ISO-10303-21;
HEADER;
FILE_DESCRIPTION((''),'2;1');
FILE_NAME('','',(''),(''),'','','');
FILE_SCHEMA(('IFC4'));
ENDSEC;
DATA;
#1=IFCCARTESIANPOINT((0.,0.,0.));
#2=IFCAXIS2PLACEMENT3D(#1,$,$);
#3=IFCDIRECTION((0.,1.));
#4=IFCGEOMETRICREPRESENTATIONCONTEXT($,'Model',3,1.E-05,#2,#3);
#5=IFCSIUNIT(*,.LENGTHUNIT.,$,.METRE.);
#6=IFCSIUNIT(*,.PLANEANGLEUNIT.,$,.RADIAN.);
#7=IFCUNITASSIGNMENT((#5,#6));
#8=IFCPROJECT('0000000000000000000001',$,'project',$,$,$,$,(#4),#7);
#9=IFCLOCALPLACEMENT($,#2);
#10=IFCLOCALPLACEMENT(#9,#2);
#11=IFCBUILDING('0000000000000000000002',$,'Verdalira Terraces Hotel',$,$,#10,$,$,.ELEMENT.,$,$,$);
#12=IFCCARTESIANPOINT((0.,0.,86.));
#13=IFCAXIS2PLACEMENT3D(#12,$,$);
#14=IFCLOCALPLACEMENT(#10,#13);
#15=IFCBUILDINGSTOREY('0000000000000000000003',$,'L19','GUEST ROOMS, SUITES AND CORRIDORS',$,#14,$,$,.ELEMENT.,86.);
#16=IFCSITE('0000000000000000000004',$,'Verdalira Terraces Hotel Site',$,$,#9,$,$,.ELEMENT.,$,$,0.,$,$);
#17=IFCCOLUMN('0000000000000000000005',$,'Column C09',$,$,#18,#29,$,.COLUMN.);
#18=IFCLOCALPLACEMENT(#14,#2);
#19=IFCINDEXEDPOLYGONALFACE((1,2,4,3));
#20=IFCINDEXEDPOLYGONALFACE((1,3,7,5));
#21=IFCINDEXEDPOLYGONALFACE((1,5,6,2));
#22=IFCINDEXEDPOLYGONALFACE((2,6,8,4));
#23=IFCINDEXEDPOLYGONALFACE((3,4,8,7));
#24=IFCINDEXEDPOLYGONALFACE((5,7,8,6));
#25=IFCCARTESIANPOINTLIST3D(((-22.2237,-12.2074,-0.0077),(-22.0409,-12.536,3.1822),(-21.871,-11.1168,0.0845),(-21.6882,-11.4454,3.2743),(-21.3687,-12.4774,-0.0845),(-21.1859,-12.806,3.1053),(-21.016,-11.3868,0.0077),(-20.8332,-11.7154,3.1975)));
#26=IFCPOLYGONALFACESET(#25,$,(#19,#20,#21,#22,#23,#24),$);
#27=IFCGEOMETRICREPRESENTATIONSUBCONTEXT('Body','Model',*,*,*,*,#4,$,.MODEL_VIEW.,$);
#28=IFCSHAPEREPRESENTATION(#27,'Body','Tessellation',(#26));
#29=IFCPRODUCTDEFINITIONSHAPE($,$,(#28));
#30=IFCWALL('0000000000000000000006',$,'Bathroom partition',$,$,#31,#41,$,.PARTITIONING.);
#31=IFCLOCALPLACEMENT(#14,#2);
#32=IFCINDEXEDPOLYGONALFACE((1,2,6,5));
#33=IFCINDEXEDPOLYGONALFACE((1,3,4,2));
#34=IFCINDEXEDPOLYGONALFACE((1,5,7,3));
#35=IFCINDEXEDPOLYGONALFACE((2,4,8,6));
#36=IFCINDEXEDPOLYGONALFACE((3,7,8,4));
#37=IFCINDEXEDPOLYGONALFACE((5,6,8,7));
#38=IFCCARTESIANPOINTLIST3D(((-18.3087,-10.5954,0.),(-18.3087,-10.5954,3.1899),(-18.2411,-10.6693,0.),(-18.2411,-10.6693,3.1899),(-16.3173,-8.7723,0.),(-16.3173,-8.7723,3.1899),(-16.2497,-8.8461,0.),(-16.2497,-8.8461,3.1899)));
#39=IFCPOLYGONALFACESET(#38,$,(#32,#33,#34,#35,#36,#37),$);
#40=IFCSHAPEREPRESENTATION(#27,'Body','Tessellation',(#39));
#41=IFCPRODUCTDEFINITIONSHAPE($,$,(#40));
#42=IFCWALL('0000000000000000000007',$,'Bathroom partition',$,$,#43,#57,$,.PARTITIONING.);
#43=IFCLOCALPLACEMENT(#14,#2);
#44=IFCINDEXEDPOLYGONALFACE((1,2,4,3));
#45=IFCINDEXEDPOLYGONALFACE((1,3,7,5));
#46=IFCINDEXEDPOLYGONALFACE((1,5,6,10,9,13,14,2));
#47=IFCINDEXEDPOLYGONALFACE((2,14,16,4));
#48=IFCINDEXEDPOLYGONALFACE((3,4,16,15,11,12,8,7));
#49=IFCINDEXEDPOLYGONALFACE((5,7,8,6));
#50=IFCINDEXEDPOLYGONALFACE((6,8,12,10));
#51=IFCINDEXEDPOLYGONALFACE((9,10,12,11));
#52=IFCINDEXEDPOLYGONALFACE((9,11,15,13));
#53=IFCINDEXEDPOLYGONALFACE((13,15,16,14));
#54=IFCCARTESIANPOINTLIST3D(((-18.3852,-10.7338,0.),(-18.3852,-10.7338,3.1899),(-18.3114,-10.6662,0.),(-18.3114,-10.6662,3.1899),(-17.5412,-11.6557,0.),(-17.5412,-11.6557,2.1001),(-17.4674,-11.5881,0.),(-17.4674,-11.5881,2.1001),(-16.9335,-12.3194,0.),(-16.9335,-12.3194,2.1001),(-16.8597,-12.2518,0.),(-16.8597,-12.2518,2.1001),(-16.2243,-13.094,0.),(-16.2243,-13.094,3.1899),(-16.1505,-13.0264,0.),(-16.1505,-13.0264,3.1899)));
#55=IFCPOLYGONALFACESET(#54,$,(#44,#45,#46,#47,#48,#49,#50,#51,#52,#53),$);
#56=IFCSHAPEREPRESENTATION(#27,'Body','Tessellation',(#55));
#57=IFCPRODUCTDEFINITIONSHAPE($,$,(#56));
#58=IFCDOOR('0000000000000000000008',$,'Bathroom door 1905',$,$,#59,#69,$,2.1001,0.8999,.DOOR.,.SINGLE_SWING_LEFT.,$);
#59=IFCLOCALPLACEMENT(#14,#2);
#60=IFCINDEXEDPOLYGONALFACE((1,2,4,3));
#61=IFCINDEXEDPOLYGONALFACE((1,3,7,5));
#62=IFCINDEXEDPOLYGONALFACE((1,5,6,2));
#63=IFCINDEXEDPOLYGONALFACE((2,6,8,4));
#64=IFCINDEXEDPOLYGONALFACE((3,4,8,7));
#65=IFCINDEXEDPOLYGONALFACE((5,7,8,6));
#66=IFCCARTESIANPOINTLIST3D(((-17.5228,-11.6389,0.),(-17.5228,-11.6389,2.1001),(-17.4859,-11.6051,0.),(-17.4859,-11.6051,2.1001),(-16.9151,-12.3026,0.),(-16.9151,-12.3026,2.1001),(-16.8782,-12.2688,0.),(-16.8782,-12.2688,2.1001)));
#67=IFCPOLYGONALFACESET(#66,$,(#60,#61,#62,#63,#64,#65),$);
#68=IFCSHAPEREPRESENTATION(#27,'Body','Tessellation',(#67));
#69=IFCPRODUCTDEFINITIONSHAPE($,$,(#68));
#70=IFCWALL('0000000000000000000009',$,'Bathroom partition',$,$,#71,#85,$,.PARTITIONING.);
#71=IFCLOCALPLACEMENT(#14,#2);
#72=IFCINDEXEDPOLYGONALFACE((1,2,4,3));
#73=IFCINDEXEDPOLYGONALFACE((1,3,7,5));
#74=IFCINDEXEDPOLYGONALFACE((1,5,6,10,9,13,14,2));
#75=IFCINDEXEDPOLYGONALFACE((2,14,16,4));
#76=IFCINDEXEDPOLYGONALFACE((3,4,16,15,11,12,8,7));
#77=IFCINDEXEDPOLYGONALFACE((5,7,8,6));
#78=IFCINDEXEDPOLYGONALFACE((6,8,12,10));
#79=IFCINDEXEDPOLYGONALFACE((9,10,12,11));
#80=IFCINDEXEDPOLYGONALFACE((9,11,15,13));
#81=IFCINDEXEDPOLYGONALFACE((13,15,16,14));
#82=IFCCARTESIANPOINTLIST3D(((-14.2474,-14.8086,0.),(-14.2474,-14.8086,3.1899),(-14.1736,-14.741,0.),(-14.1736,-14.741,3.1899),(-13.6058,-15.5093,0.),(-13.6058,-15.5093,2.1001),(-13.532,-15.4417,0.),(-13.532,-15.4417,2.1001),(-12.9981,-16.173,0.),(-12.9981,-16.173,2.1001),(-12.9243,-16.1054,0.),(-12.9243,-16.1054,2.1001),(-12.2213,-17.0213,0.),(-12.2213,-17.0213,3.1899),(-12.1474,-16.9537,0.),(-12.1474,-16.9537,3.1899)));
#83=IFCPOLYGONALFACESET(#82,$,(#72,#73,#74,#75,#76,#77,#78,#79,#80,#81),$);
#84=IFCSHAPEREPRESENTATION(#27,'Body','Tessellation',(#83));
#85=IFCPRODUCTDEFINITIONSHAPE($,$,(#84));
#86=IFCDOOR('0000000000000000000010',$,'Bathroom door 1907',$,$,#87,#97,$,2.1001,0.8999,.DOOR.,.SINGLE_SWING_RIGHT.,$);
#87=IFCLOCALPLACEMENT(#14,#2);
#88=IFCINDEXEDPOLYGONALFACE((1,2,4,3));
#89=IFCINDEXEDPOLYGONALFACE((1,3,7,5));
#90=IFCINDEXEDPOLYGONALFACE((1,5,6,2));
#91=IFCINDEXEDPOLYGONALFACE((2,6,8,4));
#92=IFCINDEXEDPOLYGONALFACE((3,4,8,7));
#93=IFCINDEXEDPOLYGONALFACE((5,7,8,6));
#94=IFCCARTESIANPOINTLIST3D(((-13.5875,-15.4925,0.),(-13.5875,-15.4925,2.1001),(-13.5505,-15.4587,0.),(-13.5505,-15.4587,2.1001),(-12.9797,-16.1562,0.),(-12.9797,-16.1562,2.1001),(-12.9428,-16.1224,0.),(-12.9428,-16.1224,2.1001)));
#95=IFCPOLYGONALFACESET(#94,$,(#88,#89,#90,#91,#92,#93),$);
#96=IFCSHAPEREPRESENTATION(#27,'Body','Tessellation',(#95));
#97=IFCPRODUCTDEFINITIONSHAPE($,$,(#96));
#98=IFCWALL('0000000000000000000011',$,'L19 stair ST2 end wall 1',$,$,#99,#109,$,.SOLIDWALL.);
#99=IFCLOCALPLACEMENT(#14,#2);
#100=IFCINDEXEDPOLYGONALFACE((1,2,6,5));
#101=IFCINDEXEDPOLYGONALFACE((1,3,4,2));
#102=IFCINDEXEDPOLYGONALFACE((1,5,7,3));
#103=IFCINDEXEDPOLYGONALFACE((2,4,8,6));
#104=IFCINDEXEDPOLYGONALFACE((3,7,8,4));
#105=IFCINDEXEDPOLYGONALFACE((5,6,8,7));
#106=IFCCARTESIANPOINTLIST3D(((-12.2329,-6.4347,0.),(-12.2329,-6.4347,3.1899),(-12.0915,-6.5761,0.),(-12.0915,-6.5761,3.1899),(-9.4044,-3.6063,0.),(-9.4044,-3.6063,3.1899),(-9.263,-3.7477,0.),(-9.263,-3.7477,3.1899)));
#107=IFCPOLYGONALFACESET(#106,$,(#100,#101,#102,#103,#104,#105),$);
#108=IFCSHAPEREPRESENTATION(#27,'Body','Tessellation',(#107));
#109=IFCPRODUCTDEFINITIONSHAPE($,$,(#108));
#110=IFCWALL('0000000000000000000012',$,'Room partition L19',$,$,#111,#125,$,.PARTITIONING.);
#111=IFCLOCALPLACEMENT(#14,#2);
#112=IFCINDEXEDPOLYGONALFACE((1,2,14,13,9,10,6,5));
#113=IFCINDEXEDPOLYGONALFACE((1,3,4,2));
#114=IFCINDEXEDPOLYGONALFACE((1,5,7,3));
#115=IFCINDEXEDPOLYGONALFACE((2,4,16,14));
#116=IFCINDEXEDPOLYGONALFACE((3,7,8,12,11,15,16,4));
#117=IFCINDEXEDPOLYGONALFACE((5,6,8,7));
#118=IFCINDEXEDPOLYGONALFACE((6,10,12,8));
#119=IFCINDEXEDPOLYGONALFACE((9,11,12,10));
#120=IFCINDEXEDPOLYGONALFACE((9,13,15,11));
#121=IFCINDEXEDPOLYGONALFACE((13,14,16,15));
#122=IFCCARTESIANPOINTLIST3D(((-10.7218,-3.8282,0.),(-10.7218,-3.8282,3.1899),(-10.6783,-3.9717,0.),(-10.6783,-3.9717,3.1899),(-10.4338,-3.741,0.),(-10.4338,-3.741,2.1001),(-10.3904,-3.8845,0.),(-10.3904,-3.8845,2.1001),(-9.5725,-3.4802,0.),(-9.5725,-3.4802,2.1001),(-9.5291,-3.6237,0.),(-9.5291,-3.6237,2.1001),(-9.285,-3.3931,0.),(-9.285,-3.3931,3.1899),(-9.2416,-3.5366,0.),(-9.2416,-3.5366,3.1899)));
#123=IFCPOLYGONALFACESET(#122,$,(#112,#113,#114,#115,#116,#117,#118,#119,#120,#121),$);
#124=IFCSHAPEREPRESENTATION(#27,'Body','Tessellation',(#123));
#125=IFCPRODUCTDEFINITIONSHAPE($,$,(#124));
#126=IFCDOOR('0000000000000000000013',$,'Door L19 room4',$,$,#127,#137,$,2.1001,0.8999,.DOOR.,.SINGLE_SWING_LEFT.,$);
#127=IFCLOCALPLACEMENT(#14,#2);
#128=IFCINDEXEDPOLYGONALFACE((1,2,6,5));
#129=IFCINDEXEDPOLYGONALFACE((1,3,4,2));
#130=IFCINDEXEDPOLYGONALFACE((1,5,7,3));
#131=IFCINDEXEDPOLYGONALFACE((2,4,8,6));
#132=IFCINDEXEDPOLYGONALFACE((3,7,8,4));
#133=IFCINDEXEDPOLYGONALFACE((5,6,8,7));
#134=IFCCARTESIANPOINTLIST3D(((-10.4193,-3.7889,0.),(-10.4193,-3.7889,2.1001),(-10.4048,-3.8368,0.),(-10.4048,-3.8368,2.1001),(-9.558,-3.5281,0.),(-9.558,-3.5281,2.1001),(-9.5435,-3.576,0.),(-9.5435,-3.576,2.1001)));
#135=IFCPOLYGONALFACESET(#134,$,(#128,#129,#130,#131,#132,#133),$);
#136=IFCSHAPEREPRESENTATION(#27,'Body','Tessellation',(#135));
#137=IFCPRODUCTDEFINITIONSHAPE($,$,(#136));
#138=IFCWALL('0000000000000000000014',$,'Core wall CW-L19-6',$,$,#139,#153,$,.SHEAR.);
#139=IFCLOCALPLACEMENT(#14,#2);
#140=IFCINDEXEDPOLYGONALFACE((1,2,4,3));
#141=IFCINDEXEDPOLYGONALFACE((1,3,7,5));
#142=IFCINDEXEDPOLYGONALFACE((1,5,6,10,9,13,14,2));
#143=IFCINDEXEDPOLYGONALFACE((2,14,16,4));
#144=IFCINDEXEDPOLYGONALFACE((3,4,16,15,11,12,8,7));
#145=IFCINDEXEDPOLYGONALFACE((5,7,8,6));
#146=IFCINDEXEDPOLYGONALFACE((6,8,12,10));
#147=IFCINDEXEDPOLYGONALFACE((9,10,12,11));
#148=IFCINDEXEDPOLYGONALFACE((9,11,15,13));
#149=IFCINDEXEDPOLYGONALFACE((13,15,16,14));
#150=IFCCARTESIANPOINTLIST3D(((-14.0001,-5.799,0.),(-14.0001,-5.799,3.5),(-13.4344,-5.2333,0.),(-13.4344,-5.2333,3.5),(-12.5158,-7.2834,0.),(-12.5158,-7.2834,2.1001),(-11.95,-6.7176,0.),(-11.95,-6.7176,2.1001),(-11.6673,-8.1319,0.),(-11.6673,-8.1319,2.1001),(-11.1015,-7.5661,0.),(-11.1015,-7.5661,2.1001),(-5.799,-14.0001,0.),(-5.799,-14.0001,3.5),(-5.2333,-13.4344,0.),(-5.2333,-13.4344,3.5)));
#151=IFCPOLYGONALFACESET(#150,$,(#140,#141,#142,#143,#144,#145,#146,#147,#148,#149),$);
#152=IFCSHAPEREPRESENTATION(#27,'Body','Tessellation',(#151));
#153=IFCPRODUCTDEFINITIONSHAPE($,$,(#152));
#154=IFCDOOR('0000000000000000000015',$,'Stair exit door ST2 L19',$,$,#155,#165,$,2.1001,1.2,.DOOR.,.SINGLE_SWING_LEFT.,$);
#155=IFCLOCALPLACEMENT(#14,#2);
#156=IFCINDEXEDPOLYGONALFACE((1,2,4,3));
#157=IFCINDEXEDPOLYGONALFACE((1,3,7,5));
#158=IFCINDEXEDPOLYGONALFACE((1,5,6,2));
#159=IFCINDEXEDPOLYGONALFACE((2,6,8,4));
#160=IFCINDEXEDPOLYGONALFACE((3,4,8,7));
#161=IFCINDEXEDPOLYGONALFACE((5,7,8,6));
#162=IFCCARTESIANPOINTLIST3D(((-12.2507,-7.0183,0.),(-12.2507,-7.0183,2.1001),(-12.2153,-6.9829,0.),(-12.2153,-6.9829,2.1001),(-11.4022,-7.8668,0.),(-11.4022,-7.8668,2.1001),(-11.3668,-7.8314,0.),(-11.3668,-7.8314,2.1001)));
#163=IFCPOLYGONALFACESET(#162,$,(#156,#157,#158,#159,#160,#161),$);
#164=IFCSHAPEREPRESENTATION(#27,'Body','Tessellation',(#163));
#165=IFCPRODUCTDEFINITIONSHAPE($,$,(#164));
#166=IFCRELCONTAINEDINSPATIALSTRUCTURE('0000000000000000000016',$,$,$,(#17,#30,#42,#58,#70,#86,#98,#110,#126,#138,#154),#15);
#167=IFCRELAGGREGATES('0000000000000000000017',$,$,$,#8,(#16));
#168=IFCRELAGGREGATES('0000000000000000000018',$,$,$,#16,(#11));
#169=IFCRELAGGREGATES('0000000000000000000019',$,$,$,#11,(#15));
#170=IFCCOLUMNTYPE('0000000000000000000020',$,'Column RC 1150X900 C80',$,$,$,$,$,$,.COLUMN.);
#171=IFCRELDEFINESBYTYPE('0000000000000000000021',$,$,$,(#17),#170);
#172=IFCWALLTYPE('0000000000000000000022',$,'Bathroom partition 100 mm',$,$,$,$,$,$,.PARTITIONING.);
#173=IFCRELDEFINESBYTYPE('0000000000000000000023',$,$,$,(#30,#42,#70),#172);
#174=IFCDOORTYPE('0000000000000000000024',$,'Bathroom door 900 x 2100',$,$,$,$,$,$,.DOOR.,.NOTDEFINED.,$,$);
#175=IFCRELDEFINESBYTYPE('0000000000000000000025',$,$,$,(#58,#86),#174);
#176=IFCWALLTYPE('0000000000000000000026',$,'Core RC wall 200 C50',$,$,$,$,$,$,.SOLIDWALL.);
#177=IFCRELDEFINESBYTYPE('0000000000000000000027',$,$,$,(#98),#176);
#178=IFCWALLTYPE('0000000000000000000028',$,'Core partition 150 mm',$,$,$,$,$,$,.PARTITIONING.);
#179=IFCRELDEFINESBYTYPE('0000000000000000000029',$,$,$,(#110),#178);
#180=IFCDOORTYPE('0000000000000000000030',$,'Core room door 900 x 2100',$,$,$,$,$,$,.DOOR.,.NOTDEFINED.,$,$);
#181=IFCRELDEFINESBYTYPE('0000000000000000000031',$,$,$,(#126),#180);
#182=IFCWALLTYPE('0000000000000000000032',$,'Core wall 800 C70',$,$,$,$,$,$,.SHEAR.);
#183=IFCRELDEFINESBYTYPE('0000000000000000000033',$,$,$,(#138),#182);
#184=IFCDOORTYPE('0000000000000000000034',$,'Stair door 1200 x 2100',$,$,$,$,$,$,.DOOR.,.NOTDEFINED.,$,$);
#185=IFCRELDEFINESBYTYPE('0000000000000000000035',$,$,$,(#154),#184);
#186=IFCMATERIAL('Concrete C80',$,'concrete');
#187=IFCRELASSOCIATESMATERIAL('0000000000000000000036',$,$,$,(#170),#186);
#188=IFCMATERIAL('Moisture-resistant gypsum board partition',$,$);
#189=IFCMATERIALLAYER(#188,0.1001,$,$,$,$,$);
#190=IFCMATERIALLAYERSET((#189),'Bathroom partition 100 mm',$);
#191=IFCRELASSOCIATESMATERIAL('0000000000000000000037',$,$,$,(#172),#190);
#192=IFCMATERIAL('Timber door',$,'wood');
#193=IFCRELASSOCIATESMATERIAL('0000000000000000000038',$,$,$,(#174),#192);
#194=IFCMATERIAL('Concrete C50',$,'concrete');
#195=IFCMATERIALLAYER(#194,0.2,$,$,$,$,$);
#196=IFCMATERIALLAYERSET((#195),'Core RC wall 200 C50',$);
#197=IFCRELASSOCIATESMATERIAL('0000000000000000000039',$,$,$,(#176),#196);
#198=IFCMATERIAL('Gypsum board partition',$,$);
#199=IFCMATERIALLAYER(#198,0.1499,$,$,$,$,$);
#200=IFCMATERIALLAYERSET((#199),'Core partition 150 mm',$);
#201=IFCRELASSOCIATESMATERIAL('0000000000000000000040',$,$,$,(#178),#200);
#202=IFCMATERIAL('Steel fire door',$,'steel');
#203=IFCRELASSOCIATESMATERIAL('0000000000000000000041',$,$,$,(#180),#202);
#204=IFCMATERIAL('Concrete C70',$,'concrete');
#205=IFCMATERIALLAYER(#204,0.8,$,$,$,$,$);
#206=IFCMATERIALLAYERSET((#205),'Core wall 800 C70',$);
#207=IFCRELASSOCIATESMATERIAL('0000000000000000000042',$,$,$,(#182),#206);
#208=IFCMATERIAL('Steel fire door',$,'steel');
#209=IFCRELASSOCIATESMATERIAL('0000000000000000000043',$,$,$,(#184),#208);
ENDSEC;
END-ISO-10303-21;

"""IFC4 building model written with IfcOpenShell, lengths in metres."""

from ifc_helpers import new_model, si_unit, direction, frame, frame_2d, origin, origin_2d, place, context, subcontext, project, spatial, rectangle, extrude, material, layer, layer_set, material_profile, profile_set, type_object, element, fill, save


model = new_model("IFC4")

# Units and contexts
model_context = context("Model", 3, precision=1e-05, world=origin(), true_north=direction((0.0, 1.0)))
body_context = subcontext(model_context, "Body", "Model", "MODEL_VIEW")
ifc_project = project(units=[si_unit("LENGTHUNIT", "METRE"), si_unit("PLANEANGLEUNIT", "RADIAN")], contexts=[model_context])

# Site, building, storey
site_placement = place(None, origin())
site = spatial("IfcSite", under=ifc_project, at=site_placement, Name="Verdalira Terraces Hotel Site", CompositionType="ELEMENT", RefElevation=0.0)
building_placement = place(site_placement, origin())
building = spatial("IfcBuilding", under=site, at=building_placement, Name="Verdalira Terraces Hotel", CompositionType="ELEMENT")
storey_placement = place(building_placement, frame((0.0, 0.0, 86.0)))
storey = spatial("IfcBuildingStorey", under=building, at=storey_placement, Name="L19", Description="GUEST ROOMS, SUITES AND CORRIDORS", CompositionType="ELEMENT", Elevation=86.0)

# Column
ifc_material_1 = material(Name="Concrete C80", Category="concrete")
ifc_material_profile = material_profile(ifc_material_1, rectangle(XDim=1.1499, YDim=0.8999, at=origin_2d()), Name="RC 1150X900")
ifc_profile_set = profile_set([ifc_material_profile], Name="Concrete C80")
column_type = type_object("IfcColumnType", Name="Column RC 1150X900 C80", PredefinedType="COLUMN", material=ifc_profile_set)
column_placement = place(storey_placement, frame((-21.6199, -11.7971, 0.0), z_axis=(0.05693, -0.102307, 0.993122), x_axis=(0.3067, 0.948428, 0.080121)))
element("IfcColumn", 1, at=column_placement, inside=storey, type_object=column_type, Name="Column C09", PredefinedType="COLUMN", context=body_context, shape_type="SweptSolid", body=[
    extrude(rectangle(XDim=1.1499, YDim=0.8999, at=origin_2d()), origin(), (0.0, 0.0, 1.0), 3.2119),
])

# Wall
ifc_material_2 = material(Name="Moisture-resistant gypsum board partition")
ifc_layer_1 = layer(ifc_material_2, 0.1001)
ifc_layer_set_1 = layer_set([ifc_layer_1], Name="Bathroom partition 100 mm")
wall_type_1 = type_object("IfcWallType", Name="Bathroom partition 100 mm", PredefinedType="PARTITIONING", material=ifc_layer_set_1)
wall_1_placement = place(storey_placement, frame((-16.2834, -8.8091, 0.0), z_axis=(0.0, 0.0, 1.0), x_axis=(-0.737571, -0.67527, 0.0)))
element("IfcWall", 2, at=wall_1_placement, inside=storey, type_object=wall_type_1, Name="Bathroom partition", PredefinedType="PARTITIONING", context=body_context, shape_type="SweptSolid", body=[
    extrude(rectangle(XDim=2.7, YDim=0.1001, at=frame_2d((1.3501, 0.0))), origin(), (0.0, 0.0, 1.0), 3.1899),
])

# Walls, openings, doors
wall_2_placement = place(storey_placement, frame((-18.3484, -10.7, 0.0), z_axis=(0.0, 0.0, 1.0), x_axis=(0.675293, -0.73755, 0.0)))
wall_2 = element("IfcWall", 3, at=wall_2_placement, inside=storey, type_object=wall_type_1, Name="Bathroom partition", PredefinedType="PARTITIONING", context=body_context, shape_type="SweptSolid", body=[
    extrude(rectangle(XDim=3.2, YDim=0.1001, at=frame_2d((1.6001, 0.0))), origin(), (0.0, 0.0, 1.0), 3.1899),
])
opening_1_placement = place(wall_2_placement, frame((1.25, 0.0, 0.0)))
opening_1 = element("IfcOpeningElement", 4, at=opening_1_placement, cuts=wall_2, PredefinedType="OPENING", context=body_context, shape_type="SweptSolid", body=[
    extrude(rectangle(XDim=0.8999, YDim=2.1001, at=frame_2d((0.45, 1.05))), frame((0.0, 0.0601, 0.0), z_axis=(0.0, -1.0, 0.0), x_axis=(1.0, 0.0, 0.0)), (0.0, 0.0, 1.0), 0.1201),
])
ifc_material_3 = material(Name="Timber door", Category="wood")
door_type_1 = type_object("IfcDoorType", Name="Bathroom door 900 x 2100", OperationType="NOTDEFINED", PredefinedType="DOOR", material=ifc_material_3)
door_1_placement = place(opening_1_placement, origin())
door_1 = element("IfcDoor", 5, at=door_1_placement, inside=storey, type_object=door_type_1, Name="Bathroom door 1905", OperationType="SINGLE_SWING_LEFT", OverallHeight=2.1001, OverallWidth=0.8999, PredefinedType="DOOR", context=body_context, shape_type="SweptSolid", body=[
    extrude(rectangle(XDim=0.8999, YDim=2.1001, at=frame_2d((0.45, 1.05))), frame((0.0, 0.0249, 0.0), z_axis=(0.0, -1.0, 0.0), x_axis=(1.0, 0.0, 0.0)), (0.0, 0.0, 1.0), 0.05),
])
fill(opening_1, door_1)
wall_3_placement = place(storey_placement, frame((-14.2104, -14.7749, 0.0), z_axis=(0.0, 0.0, 1.0), x_axis=(0.675338, -0.737509, 0.0)))
wall_3 = element("IfcWall", 6, at=wall_3_placement, inside=storey, type_object=wall_type_1, Name="Bathroom partition", PredefinedType="PARTITIONING", context=body_context, shape_type="SweptSolid", body=[
    extrude(rectangle(XDim=3.0002, YDim=0.1001, at=frame_2d((1.5, 0.0))), origin(), (0.0, 0.0, 1.0), 3.1899),
])
opening_2_placement = place(wall_3_placement, frame((0.95, 0.0, 0.0)))
opening_2 = element("IfcOpeningElement", 7, at=opening_2_placement, cuts=wall_3, PredefinedType="OPENING", context=body_context, shape_type="SweptSolid", body=[
    extrude(rectangle(XDim=0.8999, YDim=2.1001, at=frame_2d((0.45, 1.05))), frame((0.0, 0.0601, 0.0), z_axis=(0.0, -1.0, 0.0), x_axis=(1.0, 0.0, 0.0)), (0.0, 0.0, 1.0), 0.1201),
])
door_2_placement = place(opening_2_placement, origin())
door_2 = element("IfcDoor", 8, at=door_2_placement, inside=storey, type_object=door_type_1, Name="Bathroom door 1907", OperationType="SINGLE_SWING_RIGHT", OverallHeight=2.1001, OverallWidth=0.8999, PredefinedType="DOOR", context=body_context, shape_type="SweptSolid", body=[
    extrude(rectangle(XDim=0.8999, YDim=2.1001, at=frame_2d((0.45, 1.05))), frame((0.0, 0.0249, 0.0), z_axis=(0.0, -1.0, 0.0), x_axis=(1.0, 0.0, 0.0)), (0.0, 0.0, 1.0), 0.05),
])
fill(opening_2, door_2)

# Wall
ifc_material_4 = material(Name="Concrete C50", Category="concrete")
ifc_layer_2 = layer(ifc_material_4, 0.2)
ifc_layer_set_2 = layer_set([ifc_layer_2], Name="Core RC wall 200 C50")
wall_type_2 = type_object("IfcWallType", Name="Core RC wall 200 C50", PredefinedType="SOLIDWALL", material=ifc_layer_set_2)
wall_4_placement = place(storey_placement, frame((-9.3337, -3.677, 0.0), z_axis=(0.0, 0.0, 1.0), x_axis=(-0.707107, -0.707107, 0.0)))
element("IfcWall", 9, at=wall_4_placement, inside=storey, type_object=wall_type_2, Name="L19 stair ST2 end wall 1", PredefinedType="SOLIDWALL", context=body_context, shape_type="SweptSolid", body=[
    extrude(rectangle(XDim=4.0, YDim=0.2, at=frame_2d((2.0, 0.0))), origin(), (0.0, 0.0, 1.0), 3.1899),
])

# Walls, openings, doors
ifc_material_5 = material(Name="Gypsum board partition")
ifc_layer_3 = layer(ifc_material_5, 0.1499)
ifc_layer_set_3 = layer_set([ifc_layer_3], Name="Core partition 150 mm")
wall_type_3 = type_object("IfcWallType", Name="Core partition 150 mm", PredefinedType="PARTITIONING", material=ifc_layer_set_3)
wall_5_placement = place(storey_placement, frame((-10.7, -3.8999, 0.0), z_axis=(0.0, 0.0, 1.0), x_axis=(0.957085, 0.289809, 0.0)))
wall_5 = element("IfcWall", 10, at=wall_5_placement, inside=storey, type_object=wall_type_3, Name="Room partition L19", PredefinedType="PARTITIONING", context=body_context, shape_type="SweptSolid", body=[
    extrude(rectangle(XDim=1.5012, YDim=0.1499, at=frame_2d((0.7505, 0.0))), origin(), (0.0, 0.0, 1.0), 3.1899),
])
opening_3_placement = place(wall_5_placement, frame((0.3008, 0.0, 0.0)))
opening_3 = element("IfcOpeningElement", 11, at=opening_3_placement, cuts=wall_5, PredefinedType="OPENING", context=body_context, shape_type="SweptSolid", body=[
    extrude(rectangle(XDim=0.8999, YDim=2.1001, at=frame_2d((0.45, 1.05))), frame((0.0, 0.085, 0.0), z_axis=(0.0, -1.0, 0.0), x_axis=(1.0, 0.0, 0.0)), (0.0, 0.0, 1.0), 0.1699),
])
ifc_material_6 = material(Name="Steel fire door", Category="steel")
door_type_2 = type_object("IfcDoorType", Name="Core room door 900 x 2100", OperationType="NOTDEFINED", PredefinedType="DOOR", material=ifc_material_6)
door_3_placement = place(opening_3_placement, origin())
door_3 = element("IfcDoor", 12, at=door_3_placement, inside=storey, type_object=door_type_2, Name="Door L19 room4", OperationType="SINGLE_SWING_LEFT", OverallHeight=2.1001, OverallWidth=0.8999, PredefinedType="DOOR", context=body_context, shape_type="SweptSolid", body=[
    extrude(rectangle(XDim=0.8999, YDim=2.1001, at=frame_2d((0.45, 1.05))), frame((0.0, 0.0249, 0.0), z_axis=(0.0, -1.0, 0.0), x_axis=(1.0, 0.0, 0.0)), (0.0, 0.0, 1.0), 0.05),
])
fill(opening_3, door_3)
ifc_material_7 = material(Name="Concrete C70", Category="concrete")
ifc_layer_4 = layer(ifc_material_7, 0.8)
ifc_layer_set_4 = layer_set([ifc_layer_4], Name="Core wall 800 C70")
wall_type_4 = type_object("IfcWallType", Name="Core wall 800 C70", PredefinedType="SHEAR", material=ifc_layer_set_4)
wall_6_placement = place(storey_placement, frame((-13.7173, -5.5161, 0.0), z_axis=(0.0, 0.0, 1.0), x_axis=(0.707107, -0.707107, 0.0)))
wall_6 = element("IfcWall", 13, at=wall_6_placement, inside=storey, type_object=wall_type_4, Name="Core wall CW-L19-6", PredefinedType="SHEAR", context=body_context, shape_type="SweptSolid", body=[
    extrude(rectangle(XDim=11.5981, YDim=0.8, at=frame_2d((5.7991, 0.0))), origin(), (0.0, 0.0, 1.0), 3.5),
])
opening_4_placement = place(wall_6_placement, frame((2.0991, 0.0, 0.0)))
opening_4 = element("IfcOpeningElement", 14, at=opening_4_placement, cuts=wall_6, PredefinedType="OPENING", context=body_context, shape_type="SweptSolid", body=[
    extrude(rectangle(XDim=1.2, YDim=2.1001, at=frame_2d((0.6001, 1.05))), frame((0.0, 0.4099, 0.0), z_axis=(0.0, -1.0, 0.0), x_axis=(1.0, 0.0, 0.0)), (0.0, 0.0, 1.0), 0.8201),
])
ifc_material_8 = material(Name="Steel fire door", Category="steel")
door_type_3 = type_object("IfcDoorType", Name="Stair door 1200 x 2100", OperationType="NOTDEFINED", PredefinedType="DOOR", material=ifc_material_8)
door_4_placement = place(opening_4_placement, origin())
door_4 = element("IfcDoor", 15, at=door_4_placement, inside=storey, type_object=door_type_3, Name="Stair exit door ST2 L19", OperationType="SINGLE_SWING_LEFT", OverallHeight=2.1001, OverallWidth=1.2, PredefinedType="DOOR", context=body_context, shape_type="SweptSolid", body=[
    extrude(rectangle(XDim=1.2, YDim=2.1001, at=frame_2d((0.6001, 1.05))), frame((0.0, 0.0249, 0.0), z_axis=(0.0, -1.0, 0.0), x_axis=(1.0, 0.0, 0.0)), (0.0, 0.0, 1.0), 0.05),
])
fill(opening_4, door_4)

save(model, "model.ifc")
